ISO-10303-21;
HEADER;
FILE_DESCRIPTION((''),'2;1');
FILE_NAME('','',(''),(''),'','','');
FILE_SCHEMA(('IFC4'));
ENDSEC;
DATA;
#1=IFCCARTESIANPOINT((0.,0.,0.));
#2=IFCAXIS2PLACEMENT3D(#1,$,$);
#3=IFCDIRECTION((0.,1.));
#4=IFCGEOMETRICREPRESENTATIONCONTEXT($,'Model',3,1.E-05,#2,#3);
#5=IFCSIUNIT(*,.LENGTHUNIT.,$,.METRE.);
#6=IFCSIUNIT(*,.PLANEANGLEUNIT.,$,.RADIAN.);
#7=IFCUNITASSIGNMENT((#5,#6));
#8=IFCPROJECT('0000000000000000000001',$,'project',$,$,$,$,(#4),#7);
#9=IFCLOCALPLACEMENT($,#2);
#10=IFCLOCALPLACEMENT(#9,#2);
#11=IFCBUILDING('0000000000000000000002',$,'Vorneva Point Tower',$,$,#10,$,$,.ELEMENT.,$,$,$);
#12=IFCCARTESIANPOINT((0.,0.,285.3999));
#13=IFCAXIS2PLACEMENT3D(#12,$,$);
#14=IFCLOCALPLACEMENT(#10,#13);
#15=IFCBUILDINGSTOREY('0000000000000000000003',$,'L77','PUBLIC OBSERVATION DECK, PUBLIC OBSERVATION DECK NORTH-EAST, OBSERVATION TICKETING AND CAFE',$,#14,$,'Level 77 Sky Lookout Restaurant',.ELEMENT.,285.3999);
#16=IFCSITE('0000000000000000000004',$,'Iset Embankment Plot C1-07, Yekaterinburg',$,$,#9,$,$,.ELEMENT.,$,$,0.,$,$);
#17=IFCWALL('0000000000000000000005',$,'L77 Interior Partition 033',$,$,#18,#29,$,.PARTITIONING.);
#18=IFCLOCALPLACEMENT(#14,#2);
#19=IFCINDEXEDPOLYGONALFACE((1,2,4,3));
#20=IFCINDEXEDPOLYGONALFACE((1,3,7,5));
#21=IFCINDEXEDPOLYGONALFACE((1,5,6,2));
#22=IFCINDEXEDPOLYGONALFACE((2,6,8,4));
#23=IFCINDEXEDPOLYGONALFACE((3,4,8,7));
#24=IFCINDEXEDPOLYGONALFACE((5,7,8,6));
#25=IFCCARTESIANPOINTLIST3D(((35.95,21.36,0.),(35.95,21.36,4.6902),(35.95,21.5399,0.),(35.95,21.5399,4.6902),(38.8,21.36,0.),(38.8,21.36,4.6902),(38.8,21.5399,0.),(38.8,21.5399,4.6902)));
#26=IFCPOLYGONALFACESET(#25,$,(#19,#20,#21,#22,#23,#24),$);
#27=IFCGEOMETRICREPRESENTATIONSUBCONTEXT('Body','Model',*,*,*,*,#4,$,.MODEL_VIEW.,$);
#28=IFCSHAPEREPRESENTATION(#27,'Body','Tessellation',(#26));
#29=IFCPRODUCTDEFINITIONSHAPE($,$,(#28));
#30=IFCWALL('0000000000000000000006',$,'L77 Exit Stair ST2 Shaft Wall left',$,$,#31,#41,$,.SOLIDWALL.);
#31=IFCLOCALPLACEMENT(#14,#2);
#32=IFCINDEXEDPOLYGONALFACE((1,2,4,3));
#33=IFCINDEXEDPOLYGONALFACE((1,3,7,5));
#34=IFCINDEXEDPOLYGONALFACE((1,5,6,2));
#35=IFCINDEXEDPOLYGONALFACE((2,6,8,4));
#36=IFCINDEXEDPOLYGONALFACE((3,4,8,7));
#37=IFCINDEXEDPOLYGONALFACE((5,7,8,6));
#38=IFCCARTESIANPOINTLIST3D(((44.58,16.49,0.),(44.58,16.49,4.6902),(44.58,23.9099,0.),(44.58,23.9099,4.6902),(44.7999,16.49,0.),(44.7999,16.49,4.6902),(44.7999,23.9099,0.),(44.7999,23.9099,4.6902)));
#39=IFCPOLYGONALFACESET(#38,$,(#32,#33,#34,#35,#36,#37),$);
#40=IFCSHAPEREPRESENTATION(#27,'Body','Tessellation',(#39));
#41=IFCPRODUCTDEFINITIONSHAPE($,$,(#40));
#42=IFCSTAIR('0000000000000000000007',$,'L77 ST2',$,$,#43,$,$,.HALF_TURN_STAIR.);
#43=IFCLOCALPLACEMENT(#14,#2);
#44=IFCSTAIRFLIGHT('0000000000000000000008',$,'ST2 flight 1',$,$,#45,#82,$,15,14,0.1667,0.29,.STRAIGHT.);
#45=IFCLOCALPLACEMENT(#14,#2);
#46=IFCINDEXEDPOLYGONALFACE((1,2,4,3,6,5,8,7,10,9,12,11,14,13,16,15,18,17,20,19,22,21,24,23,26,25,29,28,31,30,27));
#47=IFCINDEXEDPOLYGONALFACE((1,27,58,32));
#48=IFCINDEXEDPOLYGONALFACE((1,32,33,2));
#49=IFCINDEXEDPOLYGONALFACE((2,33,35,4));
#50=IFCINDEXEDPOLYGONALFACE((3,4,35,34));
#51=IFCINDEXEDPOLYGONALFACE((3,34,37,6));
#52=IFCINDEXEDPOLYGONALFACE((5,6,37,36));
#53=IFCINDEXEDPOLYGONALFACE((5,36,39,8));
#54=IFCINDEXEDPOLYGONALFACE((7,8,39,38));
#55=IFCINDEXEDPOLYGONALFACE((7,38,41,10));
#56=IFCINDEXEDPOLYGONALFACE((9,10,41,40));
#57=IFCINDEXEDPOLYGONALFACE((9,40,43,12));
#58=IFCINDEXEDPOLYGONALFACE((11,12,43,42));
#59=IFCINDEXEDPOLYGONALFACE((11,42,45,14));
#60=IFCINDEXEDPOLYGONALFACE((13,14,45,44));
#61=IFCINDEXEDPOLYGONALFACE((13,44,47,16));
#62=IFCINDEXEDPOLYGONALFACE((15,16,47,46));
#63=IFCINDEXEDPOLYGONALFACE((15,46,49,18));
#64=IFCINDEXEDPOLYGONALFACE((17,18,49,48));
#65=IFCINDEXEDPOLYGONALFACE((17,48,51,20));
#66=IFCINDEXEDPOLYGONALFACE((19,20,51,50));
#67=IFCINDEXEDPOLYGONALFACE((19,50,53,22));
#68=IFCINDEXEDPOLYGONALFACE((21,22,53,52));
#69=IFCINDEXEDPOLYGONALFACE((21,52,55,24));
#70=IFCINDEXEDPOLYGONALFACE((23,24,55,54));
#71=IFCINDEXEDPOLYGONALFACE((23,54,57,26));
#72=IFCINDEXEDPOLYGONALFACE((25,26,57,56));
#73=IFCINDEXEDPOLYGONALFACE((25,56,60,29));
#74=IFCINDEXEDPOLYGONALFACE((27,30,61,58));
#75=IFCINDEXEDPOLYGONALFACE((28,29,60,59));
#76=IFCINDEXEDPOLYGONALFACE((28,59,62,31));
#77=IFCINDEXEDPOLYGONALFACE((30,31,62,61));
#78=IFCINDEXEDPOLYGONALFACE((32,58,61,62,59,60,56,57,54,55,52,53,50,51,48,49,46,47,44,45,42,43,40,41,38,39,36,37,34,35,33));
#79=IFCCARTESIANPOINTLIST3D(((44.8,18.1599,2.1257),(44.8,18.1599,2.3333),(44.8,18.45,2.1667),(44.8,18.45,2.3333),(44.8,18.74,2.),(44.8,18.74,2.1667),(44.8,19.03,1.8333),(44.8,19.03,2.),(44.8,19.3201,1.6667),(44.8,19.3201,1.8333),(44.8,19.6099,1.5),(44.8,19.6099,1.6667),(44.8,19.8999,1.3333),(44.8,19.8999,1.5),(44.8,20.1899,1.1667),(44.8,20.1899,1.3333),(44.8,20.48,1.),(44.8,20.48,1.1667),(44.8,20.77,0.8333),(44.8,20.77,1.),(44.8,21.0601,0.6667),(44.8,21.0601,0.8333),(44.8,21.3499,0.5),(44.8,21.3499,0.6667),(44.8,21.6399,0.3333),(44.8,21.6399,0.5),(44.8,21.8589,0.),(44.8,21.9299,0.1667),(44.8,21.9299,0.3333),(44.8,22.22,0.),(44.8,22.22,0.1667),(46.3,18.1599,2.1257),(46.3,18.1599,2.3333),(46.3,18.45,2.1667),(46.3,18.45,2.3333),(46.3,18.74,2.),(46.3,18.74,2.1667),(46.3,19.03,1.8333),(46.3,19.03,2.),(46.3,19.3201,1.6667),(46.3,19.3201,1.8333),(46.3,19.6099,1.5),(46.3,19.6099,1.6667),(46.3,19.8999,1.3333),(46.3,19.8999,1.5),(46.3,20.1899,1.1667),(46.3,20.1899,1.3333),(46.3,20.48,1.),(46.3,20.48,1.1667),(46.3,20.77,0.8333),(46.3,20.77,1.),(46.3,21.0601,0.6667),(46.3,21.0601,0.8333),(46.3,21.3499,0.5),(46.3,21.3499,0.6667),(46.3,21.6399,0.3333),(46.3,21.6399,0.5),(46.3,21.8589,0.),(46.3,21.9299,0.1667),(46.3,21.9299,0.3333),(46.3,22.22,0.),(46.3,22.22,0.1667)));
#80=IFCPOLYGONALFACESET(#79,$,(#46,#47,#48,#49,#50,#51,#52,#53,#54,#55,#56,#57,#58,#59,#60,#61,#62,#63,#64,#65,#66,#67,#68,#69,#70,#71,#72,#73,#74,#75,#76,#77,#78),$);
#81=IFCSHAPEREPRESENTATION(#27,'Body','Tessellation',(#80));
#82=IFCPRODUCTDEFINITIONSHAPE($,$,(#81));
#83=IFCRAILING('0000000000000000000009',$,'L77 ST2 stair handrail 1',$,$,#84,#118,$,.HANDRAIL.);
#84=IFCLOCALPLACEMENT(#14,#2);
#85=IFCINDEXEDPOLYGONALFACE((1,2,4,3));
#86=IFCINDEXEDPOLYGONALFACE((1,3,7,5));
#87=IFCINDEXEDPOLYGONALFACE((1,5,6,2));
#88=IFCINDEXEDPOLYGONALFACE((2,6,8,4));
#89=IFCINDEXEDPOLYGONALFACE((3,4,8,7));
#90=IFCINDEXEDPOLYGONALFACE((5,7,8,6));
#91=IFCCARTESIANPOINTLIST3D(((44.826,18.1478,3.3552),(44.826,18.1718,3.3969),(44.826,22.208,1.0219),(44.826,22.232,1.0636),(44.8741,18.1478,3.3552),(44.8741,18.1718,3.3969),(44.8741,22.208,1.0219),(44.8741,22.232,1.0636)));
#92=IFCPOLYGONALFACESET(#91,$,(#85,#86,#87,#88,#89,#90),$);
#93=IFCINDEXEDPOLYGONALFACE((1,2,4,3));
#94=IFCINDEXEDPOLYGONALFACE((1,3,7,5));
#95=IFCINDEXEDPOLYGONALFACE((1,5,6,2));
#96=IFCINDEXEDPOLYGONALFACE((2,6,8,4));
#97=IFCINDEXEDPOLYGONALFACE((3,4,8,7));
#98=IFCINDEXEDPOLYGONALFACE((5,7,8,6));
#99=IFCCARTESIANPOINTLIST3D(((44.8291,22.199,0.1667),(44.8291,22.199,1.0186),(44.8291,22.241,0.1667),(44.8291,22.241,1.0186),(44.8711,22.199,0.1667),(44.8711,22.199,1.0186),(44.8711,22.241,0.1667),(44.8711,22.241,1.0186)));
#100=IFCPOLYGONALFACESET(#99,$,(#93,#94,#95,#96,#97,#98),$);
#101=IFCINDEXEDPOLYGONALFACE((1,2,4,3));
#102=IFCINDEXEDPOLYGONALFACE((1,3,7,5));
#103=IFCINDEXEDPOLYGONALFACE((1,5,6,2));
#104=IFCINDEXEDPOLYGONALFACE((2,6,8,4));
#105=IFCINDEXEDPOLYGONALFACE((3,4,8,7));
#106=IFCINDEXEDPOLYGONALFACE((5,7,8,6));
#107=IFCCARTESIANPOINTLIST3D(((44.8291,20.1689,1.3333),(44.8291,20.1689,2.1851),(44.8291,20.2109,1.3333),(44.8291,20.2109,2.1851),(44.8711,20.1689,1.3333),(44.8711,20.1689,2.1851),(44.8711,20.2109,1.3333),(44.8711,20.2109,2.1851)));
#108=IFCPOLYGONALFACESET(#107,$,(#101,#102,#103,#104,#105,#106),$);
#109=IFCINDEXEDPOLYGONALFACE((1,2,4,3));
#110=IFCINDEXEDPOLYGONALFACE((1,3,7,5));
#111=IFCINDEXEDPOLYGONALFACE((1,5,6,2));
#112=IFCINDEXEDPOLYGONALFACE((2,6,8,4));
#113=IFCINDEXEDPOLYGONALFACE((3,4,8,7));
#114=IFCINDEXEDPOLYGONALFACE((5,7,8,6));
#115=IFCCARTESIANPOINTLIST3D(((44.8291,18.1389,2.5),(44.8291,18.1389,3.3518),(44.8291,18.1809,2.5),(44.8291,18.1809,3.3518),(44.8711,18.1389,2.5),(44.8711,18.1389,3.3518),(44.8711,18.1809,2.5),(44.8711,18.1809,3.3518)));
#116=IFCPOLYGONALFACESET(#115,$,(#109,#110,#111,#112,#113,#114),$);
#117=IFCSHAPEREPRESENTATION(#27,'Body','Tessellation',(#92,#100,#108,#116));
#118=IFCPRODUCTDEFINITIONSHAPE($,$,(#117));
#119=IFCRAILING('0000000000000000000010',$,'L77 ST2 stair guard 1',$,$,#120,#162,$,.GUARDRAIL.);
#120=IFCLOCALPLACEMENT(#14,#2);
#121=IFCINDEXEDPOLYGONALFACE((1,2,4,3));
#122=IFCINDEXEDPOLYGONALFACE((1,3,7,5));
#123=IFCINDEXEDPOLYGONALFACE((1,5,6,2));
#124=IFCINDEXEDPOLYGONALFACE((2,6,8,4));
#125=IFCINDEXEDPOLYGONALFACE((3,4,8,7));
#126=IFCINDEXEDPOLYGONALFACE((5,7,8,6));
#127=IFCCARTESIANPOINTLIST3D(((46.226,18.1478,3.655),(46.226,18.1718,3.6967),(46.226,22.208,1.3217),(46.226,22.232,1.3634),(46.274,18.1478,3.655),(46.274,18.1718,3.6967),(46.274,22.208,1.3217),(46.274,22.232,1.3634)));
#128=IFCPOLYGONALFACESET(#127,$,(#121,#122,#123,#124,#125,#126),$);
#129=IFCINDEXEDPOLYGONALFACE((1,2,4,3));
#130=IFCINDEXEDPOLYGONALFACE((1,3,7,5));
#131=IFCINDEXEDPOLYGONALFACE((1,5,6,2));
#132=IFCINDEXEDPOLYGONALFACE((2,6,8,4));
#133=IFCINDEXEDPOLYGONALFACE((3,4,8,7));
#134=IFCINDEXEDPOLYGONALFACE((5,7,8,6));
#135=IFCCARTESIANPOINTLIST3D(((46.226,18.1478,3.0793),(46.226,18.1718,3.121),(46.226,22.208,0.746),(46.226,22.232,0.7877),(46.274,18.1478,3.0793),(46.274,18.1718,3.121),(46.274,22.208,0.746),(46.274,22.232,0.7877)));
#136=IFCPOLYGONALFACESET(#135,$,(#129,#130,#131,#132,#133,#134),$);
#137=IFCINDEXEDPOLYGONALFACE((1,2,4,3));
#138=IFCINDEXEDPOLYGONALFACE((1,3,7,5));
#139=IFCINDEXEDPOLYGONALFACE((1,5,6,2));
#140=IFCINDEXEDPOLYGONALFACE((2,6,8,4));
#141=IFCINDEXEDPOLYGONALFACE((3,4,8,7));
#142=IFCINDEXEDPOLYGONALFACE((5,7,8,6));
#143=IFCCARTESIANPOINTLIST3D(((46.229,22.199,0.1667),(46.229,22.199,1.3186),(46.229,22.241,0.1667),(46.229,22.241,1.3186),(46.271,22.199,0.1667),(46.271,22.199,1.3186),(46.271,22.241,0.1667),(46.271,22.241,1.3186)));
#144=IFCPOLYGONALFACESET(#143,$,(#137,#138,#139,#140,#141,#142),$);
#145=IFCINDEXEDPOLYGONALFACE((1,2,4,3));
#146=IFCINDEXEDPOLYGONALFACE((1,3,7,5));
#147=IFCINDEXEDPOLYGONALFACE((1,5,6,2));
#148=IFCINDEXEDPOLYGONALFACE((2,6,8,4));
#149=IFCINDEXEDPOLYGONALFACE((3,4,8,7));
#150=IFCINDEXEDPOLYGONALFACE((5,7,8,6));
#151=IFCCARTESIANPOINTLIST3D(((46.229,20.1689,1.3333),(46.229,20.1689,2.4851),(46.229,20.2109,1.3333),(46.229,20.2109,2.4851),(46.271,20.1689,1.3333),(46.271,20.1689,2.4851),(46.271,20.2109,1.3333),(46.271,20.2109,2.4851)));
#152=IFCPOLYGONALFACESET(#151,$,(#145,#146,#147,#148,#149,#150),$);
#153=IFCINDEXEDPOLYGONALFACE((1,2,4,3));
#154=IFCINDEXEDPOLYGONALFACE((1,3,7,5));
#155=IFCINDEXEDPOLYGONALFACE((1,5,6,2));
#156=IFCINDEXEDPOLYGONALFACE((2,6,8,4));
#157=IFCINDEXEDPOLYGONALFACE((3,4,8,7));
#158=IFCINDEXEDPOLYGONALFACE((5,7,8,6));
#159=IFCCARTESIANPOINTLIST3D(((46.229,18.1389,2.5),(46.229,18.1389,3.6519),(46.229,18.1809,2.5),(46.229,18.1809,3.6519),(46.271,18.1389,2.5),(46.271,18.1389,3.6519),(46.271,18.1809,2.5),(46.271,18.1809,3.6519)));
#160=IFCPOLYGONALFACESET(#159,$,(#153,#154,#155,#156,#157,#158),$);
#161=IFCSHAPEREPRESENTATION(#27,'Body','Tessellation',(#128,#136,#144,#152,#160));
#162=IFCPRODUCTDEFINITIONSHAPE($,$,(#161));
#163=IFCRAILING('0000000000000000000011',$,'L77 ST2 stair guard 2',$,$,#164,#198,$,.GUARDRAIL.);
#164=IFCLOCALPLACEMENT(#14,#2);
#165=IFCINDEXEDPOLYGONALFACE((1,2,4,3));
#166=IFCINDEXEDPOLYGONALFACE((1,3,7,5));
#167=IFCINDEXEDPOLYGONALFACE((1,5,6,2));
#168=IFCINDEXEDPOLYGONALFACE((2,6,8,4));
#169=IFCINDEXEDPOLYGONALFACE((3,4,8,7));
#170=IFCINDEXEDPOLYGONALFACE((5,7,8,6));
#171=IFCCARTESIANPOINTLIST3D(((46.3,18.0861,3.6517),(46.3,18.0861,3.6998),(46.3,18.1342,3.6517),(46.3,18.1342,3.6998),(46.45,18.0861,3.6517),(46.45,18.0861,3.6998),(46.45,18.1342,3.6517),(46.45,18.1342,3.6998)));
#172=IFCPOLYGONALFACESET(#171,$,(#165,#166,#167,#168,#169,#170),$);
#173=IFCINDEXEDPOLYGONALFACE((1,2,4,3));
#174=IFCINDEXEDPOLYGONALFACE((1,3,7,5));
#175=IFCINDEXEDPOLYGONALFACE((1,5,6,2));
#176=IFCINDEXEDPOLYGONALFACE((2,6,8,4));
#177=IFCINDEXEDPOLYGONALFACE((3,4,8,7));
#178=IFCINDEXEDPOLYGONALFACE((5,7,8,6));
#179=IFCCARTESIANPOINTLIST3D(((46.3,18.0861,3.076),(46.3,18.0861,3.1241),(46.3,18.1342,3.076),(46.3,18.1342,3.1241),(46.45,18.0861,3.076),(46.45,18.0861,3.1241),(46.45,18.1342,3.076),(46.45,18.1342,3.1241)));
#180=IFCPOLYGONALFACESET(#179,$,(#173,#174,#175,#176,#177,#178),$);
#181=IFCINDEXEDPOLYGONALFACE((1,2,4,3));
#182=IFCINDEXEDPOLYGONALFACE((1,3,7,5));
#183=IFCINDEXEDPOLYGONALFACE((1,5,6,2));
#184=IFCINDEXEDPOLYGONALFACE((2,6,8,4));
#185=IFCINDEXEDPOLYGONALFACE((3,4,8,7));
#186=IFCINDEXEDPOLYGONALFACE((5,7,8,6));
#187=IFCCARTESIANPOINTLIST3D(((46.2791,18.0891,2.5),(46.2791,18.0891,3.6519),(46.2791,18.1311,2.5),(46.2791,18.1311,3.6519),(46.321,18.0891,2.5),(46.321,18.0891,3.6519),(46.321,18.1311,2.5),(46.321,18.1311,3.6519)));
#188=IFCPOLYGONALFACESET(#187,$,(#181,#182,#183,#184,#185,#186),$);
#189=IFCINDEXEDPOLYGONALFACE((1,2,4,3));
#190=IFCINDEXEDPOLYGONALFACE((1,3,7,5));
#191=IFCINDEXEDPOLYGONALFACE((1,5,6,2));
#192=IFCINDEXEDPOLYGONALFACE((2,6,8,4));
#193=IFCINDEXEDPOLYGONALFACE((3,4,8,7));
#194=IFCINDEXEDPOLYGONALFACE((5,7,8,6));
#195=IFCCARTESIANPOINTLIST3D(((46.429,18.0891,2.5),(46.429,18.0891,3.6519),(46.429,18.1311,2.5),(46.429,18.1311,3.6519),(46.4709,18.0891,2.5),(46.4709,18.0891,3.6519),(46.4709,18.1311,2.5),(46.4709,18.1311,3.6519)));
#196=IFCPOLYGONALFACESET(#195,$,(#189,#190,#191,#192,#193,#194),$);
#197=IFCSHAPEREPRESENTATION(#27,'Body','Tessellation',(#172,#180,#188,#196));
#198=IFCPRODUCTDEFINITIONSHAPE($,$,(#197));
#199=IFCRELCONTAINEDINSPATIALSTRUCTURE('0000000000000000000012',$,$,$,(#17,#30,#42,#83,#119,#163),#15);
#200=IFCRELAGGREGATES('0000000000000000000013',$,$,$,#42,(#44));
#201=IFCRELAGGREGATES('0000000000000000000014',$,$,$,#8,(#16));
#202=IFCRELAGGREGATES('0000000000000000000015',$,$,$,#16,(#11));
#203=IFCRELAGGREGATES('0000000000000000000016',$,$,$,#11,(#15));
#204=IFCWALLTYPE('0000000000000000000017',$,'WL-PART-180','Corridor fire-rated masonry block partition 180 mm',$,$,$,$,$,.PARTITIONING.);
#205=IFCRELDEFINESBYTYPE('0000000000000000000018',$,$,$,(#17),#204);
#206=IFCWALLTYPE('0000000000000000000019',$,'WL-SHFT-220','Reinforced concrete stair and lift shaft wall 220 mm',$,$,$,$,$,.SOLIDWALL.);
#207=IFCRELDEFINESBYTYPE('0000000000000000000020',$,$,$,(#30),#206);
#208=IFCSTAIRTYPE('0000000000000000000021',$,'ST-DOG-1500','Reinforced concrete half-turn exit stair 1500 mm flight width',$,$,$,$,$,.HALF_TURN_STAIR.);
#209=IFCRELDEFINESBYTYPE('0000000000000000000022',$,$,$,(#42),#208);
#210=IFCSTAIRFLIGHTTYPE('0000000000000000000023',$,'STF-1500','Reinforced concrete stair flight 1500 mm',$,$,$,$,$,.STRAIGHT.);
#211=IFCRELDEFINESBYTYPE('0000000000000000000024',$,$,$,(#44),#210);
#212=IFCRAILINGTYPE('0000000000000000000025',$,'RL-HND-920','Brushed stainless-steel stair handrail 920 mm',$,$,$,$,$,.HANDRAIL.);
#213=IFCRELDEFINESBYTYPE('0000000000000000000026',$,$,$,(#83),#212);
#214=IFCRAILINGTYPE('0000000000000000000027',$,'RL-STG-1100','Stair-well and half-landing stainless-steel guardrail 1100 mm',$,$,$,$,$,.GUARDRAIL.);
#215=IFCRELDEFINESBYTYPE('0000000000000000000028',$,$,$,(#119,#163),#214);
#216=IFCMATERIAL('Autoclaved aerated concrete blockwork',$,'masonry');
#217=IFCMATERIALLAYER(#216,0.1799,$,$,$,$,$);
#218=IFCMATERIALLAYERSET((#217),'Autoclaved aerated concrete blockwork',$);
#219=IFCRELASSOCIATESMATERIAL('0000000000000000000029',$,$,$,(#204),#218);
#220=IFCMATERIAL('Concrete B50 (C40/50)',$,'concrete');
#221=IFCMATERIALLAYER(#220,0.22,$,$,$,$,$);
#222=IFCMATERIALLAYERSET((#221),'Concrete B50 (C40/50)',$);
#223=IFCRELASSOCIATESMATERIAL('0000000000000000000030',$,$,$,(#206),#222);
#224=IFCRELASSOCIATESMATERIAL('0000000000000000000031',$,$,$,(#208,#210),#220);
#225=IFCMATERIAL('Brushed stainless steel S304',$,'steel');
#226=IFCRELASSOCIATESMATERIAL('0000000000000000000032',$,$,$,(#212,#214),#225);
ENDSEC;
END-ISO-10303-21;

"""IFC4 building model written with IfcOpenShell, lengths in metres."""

from ifc_helpers import new_model, si_unit, direction, frame, frame_2d, origin, origin_2d, place, context, subcontext, project, spatial, polyline, rectangle, outline, extrude, material, layer, layer_set, type_object, element, aggregate, save


model = new_model("IFC4")

# Units and contexts
model_context = context("Model", 3, precision=1e-05, world=origin(), true_north=direction((0.0, 1.0)))
body_context = subcontext(model_context, "Body", "Model", "MODEL_VIEW")
ifc_project = project(units=[si_unit("LENGTHUNIT", "METRE"), si_unit("PLANEANGLEUNIT", "RADIAN")], contexts=[model_context])

# Site, building, storey
site_placement = place(None, origin())
site = spatial("IfcSite", under=ifc_project, at=site_placement, Name="Iset Embankment Plot C1-07, Yekaterinburg", CompositionType="ELEMENT", RefElevation=0.0)
building_placement = place(site_placement, origin())
building = spatial("IfcBuilding", under=site, at=building_placement, Name="Vorneva Point Tower", CompositionType="ELEMENT")
storey_placement = place(building_placement, frame((0.0, 0.0, 285.3999)))
storey = spatial("IfcBuildingStorey", under=building, at=storey_placement, Name="L77", Description="PUBLIC OBSERVATION DECK, PUBLIC OBSERVATION DECK NORTH-EAST, OBSERVATION TICKETING AND CAFE", LongName="Level 77 Sky Lookout Restaurant", CompositionType="ELEMENT", Elevation=285.3999)

# Shared definitions
ifc_material_1 = material(Name="Concrete B50 (C40/50)", Category="concrete")

# Shared definitions
ifc_material_2 = material(Name="Autoclaved aerated concrete blockwork", Category="masonry")
ifc_layer_1 = layer(ifc_material_2, 0.1799)
ifc_layer_set_1 = layer_set([ifc_layer_1], Name="Autoclaved aerated concrete blockwork")
wall_type_1 = type_object("IfcWallType", Name="WL-PART-180", Description="Corridor fire-rated masonry block partition 180 mm", PredefinedType="PARTITIONING", material=ifc_layer_set_1)

# Wall
wall_1_placement = place(storey_placement, frame((38.8, 21.45, 0.0), z_axis=(0.0, 0.0, 1.0), x_axis=(-1.0, 0.0, 0.0)))
element("IfcWall", 1, at=wall_1_placement, inside=storey, type_object=wall_type_1, Name="L77 Interior Partition 033", PredefinedType="PARTITIONING", context=body_context, shape_type="SweptSolid", body=[
    extrude(rectangle(XDim=2.8501, YDim=0.1799, at=frame_2d((1.425, 0.0))), origin(), (0.0, 0.0, 1.0), 4.6902),
])

# Shared definitions
ifc_layer_2 = layer(ifc_material_1, 0.22)
ifc_layer_set_2 = layer_set([ifc_layer_2], Name="Concrete B50 (C40/50)")
wall_type_2 = type_object("IfcWallType", Name="WL-SHFT-220", Description="Reinforced concrete stair and lift shaft wall 220 mm", PredefinedType="SOLIDWALL", material=ifc_layer_set_2)

# Wall
wall_2_placement = place(storey_placement, frame((44.6899, 16.49, 0.0), z_axis=(0.0, 0.0, 1.0), x_axis=(0.0, 1.0, 0.0)))
element("IfcWall", 2, at=wall_2_placement, inside=storey, type_object=wall_type_2, Name="L77 Exit Stair ST2 Shaft Wall left", PredefinedType="SOLIDWALL", context=body_context, shape_type="SweptSolid", body=[
    extrude(rectangle(XDim=7.4199, YDim=0.22, at=frame_2d((3.71, 0.0))), origin(), (0.0, 0.0, 1.0), 4.6902),
])

# Stair, stair flight
stair_type = type_object("IfcStairType", Name="ST-DOG-1500", Description="Reinforced concrete half-turn exit stair 1500 mm flight width", PredefinedType="HALF_TURN_STAIR", material=ifc_material_1)
stair_placement = place(storey_placement, origin())
stair = element("IfcStair", 3, at=stair_placement, inside=storey, type_object=stair_type, Name="L77 ST2", PredefinedType="HALF_TURN_STAIR")
stair_flight_type = type_object("IfcStairFlightType", Name="STF-1500", Description="Reinforced concrete stair flight 1500 mm", PredefinedType="STRAIGHT", material=ifc_material_1)
stair_flight_placement = place(storey_placement, frame((45.55, 22.22, 0.0), z_axis=(0.0, 0.0, 1.0), x_axis=(0.0, -1.0, 0.0)))
stair_flight = element("IfcStairFlight", 4, at=stair_flight_placement, type_object=stair_flight_type, Name="ST2 flight 1", NumberOfRisers=15, NumberOfTreads=14, PredefinedType="STRAIGHT", RiserHeight=0.1667, TreadLength=0.29, context=body_context, shape_type="SweptSolid", body=[
    extrude(outline(polyline([(0.0, 0.0), (0.0, 0.1667), (0.29, 0.1667), (0.29, 0.3333), (0.5801, 0.3333), (0.5801, 0.5), (0.8701, 0.5), (0.8701, 0.6667), (1.1599, 0.6667), (1.1599, 0.8333), (1.45, 0.8333), (1.45, 1.0), (1.74, 1.0), (1.74, 1.1667), (2.03, 1.1667), (2.03, 1.3333), (2.3201, 1.3333), (2.3201, 1.5), (2.6101, 1.5), (2.6101, 1.6667), (2.8999, 1.6667), (2.8999, 1.8333), (3.1899, 1.8333), (3.1899, 2.0), (3.48, 2.0), (3.48, 2.1667), (3.77, 2.1667), (3.77, 2.3333), (4.0601, 2.3333), (4.0601, 2.5), (4.0601, 2.1257), (0.3611, 0.0), (0.0, 0.0)])), frame((0.0, 0.75, 0.0), z_axis=(0.0, -1.0, 0.0), x_axis=(1.0, 0.0, 0.0)), (0.0, 0.0, 1.0), 1.5),
])
aggregate(stair, [stair_flight])

# Railings
ifc_material_3 = material(Name="Brushed stainless steel S304", Category="steel")
railing_type_1 = type_object("IfcRailingType", Name="RL-HND-920", Description="Brushed stainless-steel stair handrail 920 mm", PredefinedType="HANDRAIL", material=ifc_material_3)
railing_1_placement = place(storey_placement, frame((44.8501, 22.22, 0.1667)))
element("IfcRailing", 5, at=railing_1_placement, inside=storey, type_object=railing_type_1, Name="L77 ST2 stair handrail 1", PredefinedType="HANDRAIL", context=body_context, shape_type="SweptSolid", body=[
    extrude(rectangle(XDim=0.0481, YDim=0.0481, at=origin_2d()), frame((0.0, 0.0, 0.876), z_axis=(0.0, -0.867025, 0.498265), x_axis=(1.0, 0.0, 0.0)), (0.0, 0.0, 1.0), 4.6829),
    extrude(rectangle(XDim=0.042, YDim=0.042, at=origin_2d()), origin(), (0.0, 0.0, 1.0), 0.8518),
    extrude(rectangle(XDim=0.042, YDim=0.042, at=origin_2d()), frame((0.0, -2.03, 1.1665)), (0.0, 0.0, 1.0), 0.8518),
    extrude(rectangle(XDim=0.042, YDim=0.042, at=origin_2d()), frame((0.0, -4.0601, 2.3333)), (0.0, 0.0, 1.0), 0.8518),
])
railing_type_2 = type_object("IfcRailingType", Name="RL-STG-1100", Description="Stair-well and half-landing stainless-steel guardrail 1100 mm", PredefinedType="GUARDRAIL", material=ifc_material_3)
railing_2_placement = place(storey_placement, frame((46.25, 22.22, 0.1667)))
element("IfcRailing", 6, at=railing_2_placement, inside=storey, type_object=railing_type_2, Name="L77 ST2 stair guard 1", PredefinedType="GUARDRAIL", context=body_context, shape_type="SweptSolid", body=[
    extrude(rectangle(XDim=0.0481, YDim=0.0481, at=origin_2d()), frame((0.0, 0.0, 1.1758), z_axis=(0.0, -0.867025, 0.498265), x_axis=(1.0, 0.0, 0.0)), (0.0, 0.0, 1.0), 4.6829),
    extrude(rectangle(XDim=0.0481, YDim=0.0481, at=origin_2d()), frame((0.0, 0.0, 0.6001), z_axis=(0.0, -0.867025, 0.498265), x_axis=(1.0, 0.0, 0.0)), (0.0, 0.0, 1.0), 4.6829),
    extrude(rectangle(XDim=0.042, YDim=0.042, at=origin_2d()), origin(), (0.0, 0.0, 1.0), 1.1519),
    extrude(rectangle(XDim=0.042, YDim=0.042, at=origin_2d()), frame((0.0, -2.03, 1.1665)), (0.0, 0.0, 1.0), 1.1519),
    extrude(rectangle(XDim=0.042, YDim=0.042, at=origin_2d()), frame((0.0, -4.0601, 2.3333)), (0.0, 0.0, 1.0), 1.1519),
])
railing_3_placement = place(storey_placement, frame((46.3, 18.1101, 2.5)))
element("IfcRailing", 7, at=railing_3_placement, inside=storey, type_object=railing_type_2, Name="L77 ST2 stair guard 2", PredefinedType="GUARDRAIL", context=body_context, shape_type="SweptSolid", body=[
    extrude(rectangle(XDim=0.0481, YDim=0.0481, at=origin_2d()), frame((0.0, 0.0, 1.1758), z_axis=(1.0, 0.0, 0.0), x_axis=(0.0, 1.0, 0.0)), (0.0, 0.0, 1.0), 0.1499),
    extrude(rectangle(XDim=0.0481, YDim=0.0481, at=origin_2d()), frame((0.0, 0.0, 0.6001), z_axis=(1.0, 0.0, 0.0), x_axis=(0.0, 1.0, 0.0)), (0.0, 0.0, 1.0), 0.1499),
    extrude(rectangle(XDim=0.042, YDim=0.042, at=origin_2d()), origin(), (0.0, 0.0, 1.0), 1.1519),
    extrude(rectangle(XDim=0.042, YDim=0.042, at=origin_2d()), frame((0.1499, 0.0, 0.0)), (0.0, 0.0, 1.0), 1.1519),
])

save(model, "model.ifc")
